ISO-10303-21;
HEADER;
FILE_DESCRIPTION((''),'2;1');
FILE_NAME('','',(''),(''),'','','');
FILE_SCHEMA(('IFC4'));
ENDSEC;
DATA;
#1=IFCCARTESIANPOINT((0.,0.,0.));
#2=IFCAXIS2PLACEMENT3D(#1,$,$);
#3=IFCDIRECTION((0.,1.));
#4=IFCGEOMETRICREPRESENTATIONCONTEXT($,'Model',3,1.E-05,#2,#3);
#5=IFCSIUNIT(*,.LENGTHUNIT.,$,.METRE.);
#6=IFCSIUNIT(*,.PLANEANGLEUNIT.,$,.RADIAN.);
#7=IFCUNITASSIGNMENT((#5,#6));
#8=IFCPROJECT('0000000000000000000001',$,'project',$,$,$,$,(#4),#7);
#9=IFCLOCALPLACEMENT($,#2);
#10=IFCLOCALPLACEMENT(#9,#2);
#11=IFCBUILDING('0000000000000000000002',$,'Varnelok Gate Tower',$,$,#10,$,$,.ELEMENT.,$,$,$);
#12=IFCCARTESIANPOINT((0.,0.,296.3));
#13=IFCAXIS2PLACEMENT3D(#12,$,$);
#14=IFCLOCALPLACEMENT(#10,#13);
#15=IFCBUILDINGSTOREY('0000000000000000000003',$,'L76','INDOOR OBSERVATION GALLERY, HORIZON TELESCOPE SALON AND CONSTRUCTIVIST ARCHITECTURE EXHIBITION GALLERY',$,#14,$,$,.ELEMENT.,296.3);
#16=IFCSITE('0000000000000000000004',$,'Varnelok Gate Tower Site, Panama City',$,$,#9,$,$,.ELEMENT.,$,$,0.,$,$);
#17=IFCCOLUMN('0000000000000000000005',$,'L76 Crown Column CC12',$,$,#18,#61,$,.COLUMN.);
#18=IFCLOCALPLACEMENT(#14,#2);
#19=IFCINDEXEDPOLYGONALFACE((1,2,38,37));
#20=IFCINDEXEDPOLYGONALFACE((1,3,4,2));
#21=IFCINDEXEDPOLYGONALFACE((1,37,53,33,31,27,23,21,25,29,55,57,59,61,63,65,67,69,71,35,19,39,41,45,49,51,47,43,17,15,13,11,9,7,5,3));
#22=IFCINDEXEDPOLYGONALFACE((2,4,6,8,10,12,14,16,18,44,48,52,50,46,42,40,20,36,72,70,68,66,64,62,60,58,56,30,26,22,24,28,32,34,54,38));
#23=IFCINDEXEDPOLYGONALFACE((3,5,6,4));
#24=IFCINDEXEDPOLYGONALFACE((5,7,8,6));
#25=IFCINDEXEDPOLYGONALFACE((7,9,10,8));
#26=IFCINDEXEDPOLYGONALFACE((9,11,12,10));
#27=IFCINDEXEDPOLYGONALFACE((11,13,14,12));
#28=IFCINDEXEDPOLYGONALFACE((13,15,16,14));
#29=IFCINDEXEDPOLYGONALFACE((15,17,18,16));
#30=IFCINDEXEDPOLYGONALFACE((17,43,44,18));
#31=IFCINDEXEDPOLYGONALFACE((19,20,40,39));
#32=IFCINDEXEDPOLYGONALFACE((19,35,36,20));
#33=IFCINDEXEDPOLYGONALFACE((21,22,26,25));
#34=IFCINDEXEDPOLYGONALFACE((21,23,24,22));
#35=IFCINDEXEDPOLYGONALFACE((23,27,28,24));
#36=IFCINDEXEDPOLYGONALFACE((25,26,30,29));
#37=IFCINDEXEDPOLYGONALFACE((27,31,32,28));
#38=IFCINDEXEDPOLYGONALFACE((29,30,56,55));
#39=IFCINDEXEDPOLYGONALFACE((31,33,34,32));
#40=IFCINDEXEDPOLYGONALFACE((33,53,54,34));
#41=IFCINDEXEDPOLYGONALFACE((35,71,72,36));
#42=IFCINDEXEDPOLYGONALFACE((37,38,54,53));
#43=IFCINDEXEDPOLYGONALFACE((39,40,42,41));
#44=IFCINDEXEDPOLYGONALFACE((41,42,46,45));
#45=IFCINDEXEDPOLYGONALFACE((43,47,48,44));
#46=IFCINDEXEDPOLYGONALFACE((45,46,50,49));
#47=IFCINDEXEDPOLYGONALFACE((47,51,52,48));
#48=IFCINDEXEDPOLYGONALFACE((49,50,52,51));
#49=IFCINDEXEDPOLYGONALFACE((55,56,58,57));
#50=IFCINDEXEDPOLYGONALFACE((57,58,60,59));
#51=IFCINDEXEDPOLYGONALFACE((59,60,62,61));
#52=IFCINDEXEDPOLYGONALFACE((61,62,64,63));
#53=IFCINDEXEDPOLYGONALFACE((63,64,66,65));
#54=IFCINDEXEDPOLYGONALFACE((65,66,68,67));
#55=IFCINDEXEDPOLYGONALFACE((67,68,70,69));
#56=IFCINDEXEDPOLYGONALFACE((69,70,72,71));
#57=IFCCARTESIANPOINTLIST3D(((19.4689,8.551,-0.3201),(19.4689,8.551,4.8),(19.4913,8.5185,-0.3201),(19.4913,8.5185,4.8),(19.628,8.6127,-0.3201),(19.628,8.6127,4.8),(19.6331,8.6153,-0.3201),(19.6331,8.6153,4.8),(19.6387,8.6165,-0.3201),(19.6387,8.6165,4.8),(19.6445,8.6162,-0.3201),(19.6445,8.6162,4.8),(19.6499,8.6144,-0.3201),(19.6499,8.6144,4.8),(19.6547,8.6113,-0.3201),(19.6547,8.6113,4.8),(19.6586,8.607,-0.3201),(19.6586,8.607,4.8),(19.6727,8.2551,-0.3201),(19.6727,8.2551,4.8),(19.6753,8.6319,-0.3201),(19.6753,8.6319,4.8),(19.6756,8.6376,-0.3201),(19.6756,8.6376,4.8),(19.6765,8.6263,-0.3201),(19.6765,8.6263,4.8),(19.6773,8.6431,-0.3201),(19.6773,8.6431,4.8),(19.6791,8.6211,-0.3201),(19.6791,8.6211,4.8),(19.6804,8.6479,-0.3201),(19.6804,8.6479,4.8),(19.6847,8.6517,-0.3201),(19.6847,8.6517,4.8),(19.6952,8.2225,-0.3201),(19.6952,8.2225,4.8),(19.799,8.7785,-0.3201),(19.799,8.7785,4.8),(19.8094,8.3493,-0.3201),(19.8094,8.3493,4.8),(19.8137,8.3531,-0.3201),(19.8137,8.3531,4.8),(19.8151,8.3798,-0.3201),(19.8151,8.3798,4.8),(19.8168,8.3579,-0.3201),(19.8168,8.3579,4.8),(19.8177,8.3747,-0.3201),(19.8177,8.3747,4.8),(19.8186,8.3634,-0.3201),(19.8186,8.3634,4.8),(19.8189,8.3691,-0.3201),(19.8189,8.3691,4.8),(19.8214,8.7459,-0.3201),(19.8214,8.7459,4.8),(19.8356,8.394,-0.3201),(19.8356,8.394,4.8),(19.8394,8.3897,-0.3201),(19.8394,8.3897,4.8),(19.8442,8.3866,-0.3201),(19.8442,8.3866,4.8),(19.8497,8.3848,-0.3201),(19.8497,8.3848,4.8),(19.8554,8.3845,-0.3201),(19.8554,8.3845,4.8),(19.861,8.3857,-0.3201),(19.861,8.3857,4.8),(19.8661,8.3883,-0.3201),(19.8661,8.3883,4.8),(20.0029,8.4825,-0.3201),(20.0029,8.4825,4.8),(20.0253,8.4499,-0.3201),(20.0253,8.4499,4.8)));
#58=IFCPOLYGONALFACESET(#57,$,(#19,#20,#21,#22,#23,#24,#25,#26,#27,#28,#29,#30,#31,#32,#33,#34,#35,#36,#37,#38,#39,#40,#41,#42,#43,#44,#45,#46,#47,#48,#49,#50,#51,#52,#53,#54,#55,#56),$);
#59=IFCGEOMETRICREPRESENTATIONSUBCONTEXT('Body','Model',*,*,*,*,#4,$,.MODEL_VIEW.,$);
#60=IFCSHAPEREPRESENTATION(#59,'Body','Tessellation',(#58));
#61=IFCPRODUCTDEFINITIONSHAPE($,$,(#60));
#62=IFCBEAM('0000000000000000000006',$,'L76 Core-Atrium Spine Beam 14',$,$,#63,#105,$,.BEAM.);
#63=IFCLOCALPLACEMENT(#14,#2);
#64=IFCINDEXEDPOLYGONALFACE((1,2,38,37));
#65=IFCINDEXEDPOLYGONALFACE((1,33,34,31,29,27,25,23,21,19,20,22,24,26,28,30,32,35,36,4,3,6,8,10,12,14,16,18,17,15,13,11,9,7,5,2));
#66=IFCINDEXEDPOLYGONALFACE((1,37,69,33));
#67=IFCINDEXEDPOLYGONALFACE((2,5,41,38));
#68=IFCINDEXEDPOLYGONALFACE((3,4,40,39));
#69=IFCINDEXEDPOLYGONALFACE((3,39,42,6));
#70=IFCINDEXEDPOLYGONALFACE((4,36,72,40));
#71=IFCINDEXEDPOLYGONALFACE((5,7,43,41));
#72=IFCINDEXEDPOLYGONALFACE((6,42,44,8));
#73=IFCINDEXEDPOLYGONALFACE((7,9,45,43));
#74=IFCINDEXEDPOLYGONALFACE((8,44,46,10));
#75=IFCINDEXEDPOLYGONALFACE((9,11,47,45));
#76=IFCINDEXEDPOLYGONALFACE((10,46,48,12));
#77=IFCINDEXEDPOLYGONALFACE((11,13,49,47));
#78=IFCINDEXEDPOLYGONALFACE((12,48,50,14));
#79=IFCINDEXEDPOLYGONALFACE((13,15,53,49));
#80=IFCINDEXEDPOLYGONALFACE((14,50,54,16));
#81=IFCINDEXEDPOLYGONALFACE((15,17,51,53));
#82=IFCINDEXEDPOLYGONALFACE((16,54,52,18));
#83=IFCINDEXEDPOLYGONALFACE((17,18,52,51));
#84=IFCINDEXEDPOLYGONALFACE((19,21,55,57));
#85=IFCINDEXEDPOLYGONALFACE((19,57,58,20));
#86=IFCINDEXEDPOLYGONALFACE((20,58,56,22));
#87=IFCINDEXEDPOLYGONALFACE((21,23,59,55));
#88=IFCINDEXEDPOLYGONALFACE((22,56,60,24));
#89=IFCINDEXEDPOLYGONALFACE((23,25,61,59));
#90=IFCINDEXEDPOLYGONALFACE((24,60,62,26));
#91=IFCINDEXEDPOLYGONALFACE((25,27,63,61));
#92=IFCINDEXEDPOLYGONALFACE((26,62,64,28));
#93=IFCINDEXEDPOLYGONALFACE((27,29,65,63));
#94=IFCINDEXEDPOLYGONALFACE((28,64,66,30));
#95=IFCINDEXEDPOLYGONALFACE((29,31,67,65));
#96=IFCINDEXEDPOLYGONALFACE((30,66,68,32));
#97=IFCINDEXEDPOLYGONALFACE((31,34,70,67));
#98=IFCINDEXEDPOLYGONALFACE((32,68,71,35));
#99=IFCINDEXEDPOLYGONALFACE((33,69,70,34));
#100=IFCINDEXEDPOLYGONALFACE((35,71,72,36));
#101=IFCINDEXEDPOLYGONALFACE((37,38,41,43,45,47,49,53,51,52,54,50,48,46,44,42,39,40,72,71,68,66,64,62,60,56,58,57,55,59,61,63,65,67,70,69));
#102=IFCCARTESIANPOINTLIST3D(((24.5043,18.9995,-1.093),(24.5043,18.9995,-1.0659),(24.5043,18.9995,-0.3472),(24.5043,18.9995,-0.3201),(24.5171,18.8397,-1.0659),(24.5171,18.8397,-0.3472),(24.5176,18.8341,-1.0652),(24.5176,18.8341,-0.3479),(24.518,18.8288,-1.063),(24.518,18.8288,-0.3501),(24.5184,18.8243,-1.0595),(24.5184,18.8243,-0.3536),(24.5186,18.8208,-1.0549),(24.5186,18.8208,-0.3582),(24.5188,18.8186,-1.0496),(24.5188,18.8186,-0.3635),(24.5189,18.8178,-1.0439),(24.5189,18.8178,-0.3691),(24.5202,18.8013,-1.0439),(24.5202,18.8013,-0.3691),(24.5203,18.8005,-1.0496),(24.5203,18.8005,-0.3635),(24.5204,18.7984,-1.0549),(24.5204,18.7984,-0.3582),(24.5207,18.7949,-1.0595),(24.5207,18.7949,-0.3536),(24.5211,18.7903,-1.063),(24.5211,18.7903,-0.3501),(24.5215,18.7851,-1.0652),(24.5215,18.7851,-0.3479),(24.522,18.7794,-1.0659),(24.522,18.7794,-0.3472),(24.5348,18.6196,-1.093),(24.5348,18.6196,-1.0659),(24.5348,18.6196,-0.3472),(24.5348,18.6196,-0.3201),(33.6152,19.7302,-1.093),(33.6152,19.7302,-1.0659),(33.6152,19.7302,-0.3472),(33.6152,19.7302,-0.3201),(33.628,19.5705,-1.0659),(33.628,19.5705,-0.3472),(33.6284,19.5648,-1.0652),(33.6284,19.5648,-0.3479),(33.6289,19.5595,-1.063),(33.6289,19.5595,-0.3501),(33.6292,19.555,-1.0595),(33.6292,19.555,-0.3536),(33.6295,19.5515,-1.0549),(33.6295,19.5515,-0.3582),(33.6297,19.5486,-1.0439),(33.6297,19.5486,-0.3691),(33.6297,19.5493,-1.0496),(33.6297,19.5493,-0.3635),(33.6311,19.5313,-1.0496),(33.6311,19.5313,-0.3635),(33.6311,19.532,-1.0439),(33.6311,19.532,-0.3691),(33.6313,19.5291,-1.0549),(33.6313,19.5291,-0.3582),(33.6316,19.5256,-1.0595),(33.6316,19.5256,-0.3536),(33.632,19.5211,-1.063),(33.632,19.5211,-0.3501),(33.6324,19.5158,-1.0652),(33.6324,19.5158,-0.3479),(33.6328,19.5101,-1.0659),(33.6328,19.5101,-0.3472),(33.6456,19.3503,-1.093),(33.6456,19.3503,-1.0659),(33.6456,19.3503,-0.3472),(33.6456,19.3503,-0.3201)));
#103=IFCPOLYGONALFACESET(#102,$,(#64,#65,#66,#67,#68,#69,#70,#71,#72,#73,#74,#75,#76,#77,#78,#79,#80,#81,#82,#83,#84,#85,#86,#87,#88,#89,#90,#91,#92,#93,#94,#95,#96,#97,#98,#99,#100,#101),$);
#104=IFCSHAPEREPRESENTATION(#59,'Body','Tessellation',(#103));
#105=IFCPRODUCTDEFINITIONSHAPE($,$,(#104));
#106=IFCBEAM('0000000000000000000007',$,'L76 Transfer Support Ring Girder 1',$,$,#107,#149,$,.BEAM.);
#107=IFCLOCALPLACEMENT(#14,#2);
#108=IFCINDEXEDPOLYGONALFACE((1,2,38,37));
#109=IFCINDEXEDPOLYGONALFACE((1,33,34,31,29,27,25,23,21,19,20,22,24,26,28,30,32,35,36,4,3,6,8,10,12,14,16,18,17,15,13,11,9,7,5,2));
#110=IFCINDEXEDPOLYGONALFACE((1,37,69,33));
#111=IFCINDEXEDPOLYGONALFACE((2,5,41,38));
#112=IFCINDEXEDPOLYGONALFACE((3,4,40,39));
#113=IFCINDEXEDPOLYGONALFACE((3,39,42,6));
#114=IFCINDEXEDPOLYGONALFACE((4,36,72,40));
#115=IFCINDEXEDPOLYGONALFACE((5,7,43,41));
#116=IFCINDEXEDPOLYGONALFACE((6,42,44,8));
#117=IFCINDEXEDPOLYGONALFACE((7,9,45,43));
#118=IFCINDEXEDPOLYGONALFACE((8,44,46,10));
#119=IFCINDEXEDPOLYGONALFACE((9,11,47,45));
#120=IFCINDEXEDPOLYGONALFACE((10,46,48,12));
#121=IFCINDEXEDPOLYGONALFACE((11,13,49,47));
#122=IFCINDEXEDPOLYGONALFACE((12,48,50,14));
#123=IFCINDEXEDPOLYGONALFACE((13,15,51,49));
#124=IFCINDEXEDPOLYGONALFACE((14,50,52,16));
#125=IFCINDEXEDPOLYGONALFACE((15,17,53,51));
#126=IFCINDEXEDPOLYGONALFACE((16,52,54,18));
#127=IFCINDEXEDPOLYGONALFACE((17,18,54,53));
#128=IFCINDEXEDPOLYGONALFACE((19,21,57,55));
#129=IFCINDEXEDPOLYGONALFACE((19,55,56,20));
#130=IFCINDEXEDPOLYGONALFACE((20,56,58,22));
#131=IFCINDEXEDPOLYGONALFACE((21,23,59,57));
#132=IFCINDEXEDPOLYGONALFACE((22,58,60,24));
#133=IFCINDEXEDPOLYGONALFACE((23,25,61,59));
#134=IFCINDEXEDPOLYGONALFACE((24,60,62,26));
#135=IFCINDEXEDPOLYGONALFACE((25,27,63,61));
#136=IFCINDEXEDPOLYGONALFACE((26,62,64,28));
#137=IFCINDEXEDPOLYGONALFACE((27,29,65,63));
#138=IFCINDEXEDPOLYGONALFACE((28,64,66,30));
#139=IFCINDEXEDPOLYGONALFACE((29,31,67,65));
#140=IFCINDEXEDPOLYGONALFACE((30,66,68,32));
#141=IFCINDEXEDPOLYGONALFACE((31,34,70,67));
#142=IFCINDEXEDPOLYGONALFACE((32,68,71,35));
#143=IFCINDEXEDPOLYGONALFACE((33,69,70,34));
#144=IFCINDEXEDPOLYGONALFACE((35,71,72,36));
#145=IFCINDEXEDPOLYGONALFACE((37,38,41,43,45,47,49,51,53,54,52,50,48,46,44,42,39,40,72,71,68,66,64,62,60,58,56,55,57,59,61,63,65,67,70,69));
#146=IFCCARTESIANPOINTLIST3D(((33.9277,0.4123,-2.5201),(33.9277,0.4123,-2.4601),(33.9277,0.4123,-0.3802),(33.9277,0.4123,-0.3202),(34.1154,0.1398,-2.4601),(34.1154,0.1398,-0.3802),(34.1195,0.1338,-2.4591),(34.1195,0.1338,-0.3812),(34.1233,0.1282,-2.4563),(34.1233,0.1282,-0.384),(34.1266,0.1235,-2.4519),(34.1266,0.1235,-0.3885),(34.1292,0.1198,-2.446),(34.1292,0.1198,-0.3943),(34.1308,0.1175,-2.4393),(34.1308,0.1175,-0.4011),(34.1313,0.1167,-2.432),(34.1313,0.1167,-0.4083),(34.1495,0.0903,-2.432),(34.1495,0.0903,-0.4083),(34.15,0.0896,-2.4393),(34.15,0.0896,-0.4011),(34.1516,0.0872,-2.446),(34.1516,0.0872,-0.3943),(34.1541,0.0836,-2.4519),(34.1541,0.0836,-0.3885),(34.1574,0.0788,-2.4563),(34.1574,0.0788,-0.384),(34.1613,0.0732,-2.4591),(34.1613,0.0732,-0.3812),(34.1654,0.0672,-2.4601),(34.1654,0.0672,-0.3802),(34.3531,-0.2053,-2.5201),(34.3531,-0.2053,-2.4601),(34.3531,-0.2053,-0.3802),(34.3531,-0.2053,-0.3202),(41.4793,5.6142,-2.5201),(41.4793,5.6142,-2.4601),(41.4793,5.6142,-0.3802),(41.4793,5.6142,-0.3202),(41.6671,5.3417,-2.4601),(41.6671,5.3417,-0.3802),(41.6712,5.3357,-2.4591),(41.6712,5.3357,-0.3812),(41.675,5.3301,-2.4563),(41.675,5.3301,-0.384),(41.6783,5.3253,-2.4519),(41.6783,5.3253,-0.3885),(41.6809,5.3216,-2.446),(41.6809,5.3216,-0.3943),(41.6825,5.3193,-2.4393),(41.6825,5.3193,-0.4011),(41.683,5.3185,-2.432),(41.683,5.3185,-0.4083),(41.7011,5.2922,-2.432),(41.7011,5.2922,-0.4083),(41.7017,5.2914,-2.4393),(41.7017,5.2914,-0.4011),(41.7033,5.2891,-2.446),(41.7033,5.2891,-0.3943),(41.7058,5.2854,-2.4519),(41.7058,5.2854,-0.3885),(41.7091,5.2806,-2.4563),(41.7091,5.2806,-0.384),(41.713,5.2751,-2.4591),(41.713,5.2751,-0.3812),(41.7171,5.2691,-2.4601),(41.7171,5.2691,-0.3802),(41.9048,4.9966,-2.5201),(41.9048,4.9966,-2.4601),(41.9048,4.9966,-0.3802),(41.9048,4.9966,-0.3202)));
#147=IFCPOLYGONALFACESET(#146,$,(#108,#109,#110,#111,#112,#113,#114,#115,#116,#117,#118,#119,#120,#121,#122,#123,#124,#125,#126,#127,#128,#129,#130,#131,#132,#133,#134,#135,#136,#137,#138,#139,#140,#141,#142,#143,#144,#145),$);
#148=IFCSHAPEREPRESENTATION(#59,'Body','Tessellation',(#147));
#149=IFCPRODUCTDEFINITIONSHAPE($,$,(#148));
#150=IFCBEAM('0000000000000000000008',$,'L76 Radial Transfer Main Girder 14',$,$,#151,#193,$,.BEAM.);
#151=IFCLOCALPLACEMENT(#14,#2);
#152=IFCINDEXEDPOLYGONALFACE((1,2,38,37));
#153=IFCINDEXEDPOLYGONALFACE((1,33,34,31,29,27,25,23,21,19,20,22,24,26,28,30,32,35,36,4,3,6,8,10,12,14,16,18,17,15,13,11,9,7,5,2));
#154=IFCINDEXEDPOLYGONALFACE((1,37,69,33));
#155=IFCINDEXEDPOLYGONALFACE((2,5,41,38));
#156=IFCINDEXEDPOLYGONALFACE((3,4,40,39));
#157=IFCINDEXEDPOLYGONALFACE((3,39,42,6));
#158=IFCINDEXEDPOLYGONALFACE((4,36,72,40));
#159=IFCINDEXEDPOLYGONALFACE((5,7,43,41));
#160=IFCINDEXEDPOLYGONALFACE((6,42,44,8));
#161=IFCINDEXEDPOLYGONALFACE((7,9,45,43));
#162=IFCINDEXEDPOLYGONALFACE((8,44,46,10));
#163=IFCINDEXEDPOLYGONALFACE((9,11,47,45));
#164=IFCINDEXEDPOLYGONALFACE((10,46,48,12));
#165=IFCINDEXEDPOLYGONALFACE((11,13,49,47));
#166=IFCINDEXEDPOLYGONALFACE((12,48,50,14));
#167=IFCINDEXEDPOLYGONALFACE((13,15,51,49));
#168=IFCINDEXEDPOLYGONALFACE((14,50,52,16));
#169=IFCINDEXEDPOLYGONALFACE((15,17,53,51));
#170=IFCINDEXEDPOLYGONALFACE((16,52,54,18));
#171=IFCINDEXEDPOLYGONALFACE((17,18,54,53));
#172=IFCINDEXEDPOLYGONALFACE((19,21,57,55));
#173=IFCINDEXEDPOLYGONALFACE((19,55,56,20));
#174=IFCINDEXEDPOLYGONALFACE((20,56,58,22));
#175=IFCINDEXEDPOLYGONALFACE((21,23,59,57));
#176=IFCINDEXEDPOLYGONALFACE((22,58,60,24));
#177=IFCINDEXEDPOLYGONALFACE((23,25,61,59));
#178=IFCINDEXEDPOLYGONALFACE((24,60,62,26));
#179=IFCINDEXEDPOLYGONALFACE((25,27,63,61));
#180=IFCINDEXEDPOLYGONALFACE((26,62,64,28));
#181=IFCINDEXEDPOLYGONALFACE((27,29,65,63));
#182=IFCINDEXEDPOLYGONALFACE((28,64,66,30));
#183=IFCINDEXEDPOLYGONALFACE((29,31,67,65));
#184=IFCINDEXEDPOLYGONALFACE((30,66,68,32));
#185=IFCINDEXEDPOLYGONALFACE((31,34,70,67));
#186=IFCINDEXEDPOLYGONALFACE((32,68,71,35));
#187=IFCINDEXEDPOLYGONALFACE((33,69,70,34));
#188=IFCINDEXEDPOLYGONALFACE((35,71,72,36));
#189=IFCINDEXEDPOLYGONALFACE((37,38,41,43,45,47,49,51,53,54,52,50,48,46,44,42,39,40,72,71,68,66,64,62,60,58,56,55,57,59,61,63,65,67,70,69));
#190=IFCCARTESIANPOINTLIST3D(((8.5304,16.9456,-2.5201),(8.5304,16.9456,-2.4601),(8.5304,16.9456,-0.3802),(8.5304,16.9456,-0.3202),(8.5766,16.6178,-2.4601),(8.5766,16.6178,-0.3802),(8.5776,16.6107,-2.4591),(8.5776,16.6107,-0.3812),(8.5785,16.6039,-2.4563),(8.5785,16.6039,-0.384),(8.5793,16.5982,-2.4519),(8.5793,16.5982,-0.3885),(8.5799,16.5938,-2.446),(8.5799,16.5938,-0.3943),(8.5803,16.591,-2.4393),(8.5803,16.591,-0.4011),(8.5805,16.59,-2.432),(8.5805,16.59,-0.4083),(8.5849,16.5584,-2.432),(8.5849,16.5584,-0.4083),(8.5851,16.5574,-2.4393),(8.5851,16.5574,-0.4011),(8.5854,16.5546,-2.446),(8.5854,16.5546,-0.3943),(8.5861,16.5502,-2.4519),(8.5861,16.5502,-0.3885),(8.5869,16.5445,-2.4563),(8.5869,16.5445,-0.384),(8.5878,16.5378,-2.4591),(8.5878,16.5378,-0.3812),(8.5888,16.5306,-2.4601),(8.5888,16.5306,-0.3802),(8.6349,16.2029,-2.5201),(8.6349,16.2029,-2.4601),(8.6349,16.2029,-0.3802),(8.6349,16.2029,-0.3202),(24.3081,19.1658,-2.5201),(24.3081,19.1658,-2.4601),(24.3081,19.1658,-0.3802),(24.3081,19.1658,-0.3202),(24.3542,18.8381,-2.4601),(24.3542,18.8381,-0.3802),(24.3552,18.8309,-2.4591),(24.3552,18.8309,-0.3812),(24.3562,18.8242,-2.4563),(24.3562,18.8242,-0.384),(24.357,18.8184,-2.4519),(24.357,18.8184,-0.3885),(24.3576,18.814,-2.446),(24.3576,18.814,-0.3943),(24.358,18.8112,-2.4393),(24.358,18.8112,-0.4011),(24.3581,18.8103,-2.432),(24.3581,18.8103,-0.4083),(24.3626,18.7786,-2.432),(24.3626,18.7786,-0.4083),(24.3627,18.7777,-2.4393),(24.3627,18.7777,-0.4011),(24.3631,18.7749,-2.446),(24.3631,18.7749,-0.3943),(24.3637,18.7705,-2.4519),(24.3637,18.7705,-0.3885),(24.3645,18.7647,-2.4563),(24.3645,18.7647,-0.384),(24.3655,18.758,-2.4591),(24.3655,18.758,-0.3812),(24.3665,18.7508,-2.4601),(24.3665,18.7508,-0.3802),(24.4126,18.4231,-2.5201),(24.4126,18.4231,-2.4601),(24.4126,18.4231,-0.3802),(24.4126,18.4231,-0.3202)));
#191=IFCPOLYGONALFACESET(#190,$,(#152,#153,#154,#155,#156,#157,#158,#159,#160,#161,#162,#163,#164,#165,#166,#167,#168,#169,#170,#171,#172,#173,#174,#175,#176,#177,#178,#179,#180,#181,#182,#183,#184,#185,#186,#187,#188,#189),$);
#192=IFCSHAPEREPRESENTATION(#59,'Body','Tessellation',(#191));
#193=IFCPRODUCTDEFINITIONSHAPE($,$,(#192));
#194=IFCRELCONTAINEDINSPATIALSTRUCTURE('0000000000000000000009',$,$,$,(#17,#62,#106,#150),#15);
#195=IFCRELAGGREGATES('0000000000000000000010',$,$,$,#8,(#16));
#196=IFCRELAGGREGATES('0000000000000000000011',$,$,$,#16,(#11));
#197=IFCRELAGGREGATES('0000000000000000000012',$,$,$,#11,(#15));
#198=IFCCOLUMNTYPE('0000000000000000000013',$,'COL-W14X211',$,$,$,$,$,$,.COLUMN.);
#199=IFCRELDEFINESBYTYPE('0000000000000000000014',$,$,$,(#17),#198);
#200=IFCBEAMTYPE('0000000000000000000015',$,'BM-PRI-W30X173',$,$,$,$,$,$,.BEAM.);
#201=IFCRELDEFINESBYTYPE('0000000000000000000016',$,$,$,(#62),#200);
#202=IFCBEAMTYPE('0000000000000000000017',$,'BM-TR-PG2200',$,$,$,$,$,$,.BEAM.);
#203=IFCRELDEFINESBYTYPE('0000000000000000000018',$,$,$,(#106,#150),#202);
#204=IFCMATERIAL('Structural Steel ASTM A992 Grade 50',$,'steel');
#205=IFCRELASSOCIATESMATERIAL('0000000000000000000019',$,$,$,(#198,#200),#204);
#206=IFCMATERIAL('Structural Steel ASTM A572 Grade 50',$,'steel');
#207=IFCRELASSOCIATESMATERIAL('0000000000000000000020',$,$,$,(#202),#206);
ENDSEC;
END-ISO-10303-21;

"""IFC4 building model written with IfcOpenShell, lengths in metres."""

from ifc_helpers import new_model, si_unit, direction, frame, origin, origin_2d, place, context, subcontext, project, spatial, i_section, extrude, material, material_profile, profile_set, type_object, element, save


model = new_model("IFC4")

# Units and contexts
model_context = context("Model", 3, precision=1e-05, world=origin(), true_north=direction((0.0, 1.0)))
body_context = subcontext(model_context, "Body", "Model", "MODEL_VIEW")
ifc_project = project(units=[si_unit("LENGTHUNIT", "METRE"), si_unit("PLANEANGLEUNIT", "RADIAN")], contexts=[model_context])

# Site, building, storey
site_placement = place(None, origin())
site = spatial("IfcSite", under=ifc_project, at=site_placement, Name="Varnelok Gate Tower Site, Panama City", CompositionType="ELEMENT", RefElevation=0.0)
building_placement = place(site_placement, origin())
building = spatial("IfcBuilding", under=site, at=building_placement, Name="Varnelok Gate Tower", CompositionType="ELEMENT")
storey_placement = place(building_placement, frame((0.0, 0.0, 296.3)))
storey = spatial("IfcBuildingStorey", under=building, at=storey_placement, Name="L76", Description="INDOOR OBSERVATION GALLERY, HORIZON TELESCOPE SALON AND CONSTRUCTIVIST ARCHITECTURE EXHIBITION GALLERY", CompositionType="ELEMENT", Elevation=296.3)

# Column
ifc_material_1 = material(Name="Structural Steel ASTM A992 Grade 50", Category="steel")
ifc_material_profile_1 = material_profile(ifc_material_1, i_section(OverallWidth=0.4009, OverallDepth=0.3989, WebThickness=0.0249, FlangeThickness=0.0396, FilletRadius=0.022, at=origin_2d()), Name="W14X211")
ifc_profile_set_1 = profile_set([ifc_material_profile_1], Name="Structural Steel ASTM A992 Grade 50")
column_type = type_object("IfcColumnType", Name="COL-W14X211", PredefinedType="COLUMN", material=ifc_profile_set_1)
column_placement = place(storey_placement, frame((19.7471, 8.5005, -0.3201), z_axis=(0.0, 0.0, 1.0), x_axis=(0.823533, 0.567269, 0.0)))
element("IfcColumn", 1, at=column_placement, inside=storey, type_object=column_type, Name="L76 Crown Column CC12", PredefinedType="COLUMN", context=body_context, shape_type="SweptSolid", body=[
    extrude(i_section(OverallWidth=0.4009, OverallDepth=0.3989, WebThickness=0.0249, FlangeThickness=0.0396, FilletRadius=0.022, at=origin_2d()), origin(), (0.0, 0.0, 1.0), 5.1201),
])

# Beams
ifc_material_profile_2 = material_profile(ifc_material_1, i_section(OverallWidth=0.3811, OverallDepth=0.7729, WebThickness=0.0166, FlangeThickness=0.0271, FilletRadius=0.022, at=origin_2d()), Name="W30X173")
ifc_profile_set_2 = profile_set([ifc_material_profile_2], Name="Structural Steel ASTM A992 Grade 50")
beam_type_1 = type_object("IfcBeamType", Name="BM-PRI-W30X173", PredefinedType="BEAM", material=ifc_profile_set_2)
beam_1_placement = place(storey_placement, frame((24.5195, 18.8096, -0.7065), z_axis=(0.996799, 0.079946, 0.0), x_axis=(-0.079946, 0.996799, 0.0)))
element("IfcBeam", 2, at=beam_1_placement, inside=storey, type_object=beam_type_1, Name="L76 Core-Atrium Spine Beam 14", PredefinedType="BEAM", context=body_context, shape_type="SweptSolid", body=[
    extrude(i_section(OverallWidth=0.3811, OverallDepth=0.7729, WebThickness=0.0166, FlangeThickness=0.0271, FilletRadius=0.022, at=origin_2d()), origin(), (0.0, 0.0, 1.0), 9.1401),
])
ifc_material_2 = material(Name="Structural Steel ASTM A572 Grade 50", Category="steel")
ifc_material_profile_3 = material_profile(ifc_material_2, i_section(OverallWidth=0.75, OverallDepth=2.2, WebThickness=0.032, FlangeThickness=0.0601, FilletRadius=0.0281, at=origin_2d()), Name="PG2200X750")
ifc_profile_set_3 = profile_set([ifc_material_profile_3], Name="Structural Steel ASTM A572 Grade 50")
beam_type_2 = type_object("IfcBeamType", Name="BM-TR-PG2200", PredefinedType="BEAM", material=ifc_profile_set_3)
beam_2_placement = place(storey_placement, frame((34.1404, 0.1035, -1.4202), z_axis=(0.823529, 0.567274, 0.0), x_axis=(-0.567274, 0.823529, 0.0)))
element("IfcBeam", 3, at=beam_2_placement, inside=storey, type_object=beam_type_2, Name="L76 Transfer Support Ring Girder 1", PredefinedType="BEAM", context=body_context, shape_type="SweptSolid", body=[
    extrude(i_section(OverallWidth=0.75, OverallDepth=2.2, WebThickness=0.032, FlangeThickness=0.0601, FilletRadius=0.0281, at=origin_2d()), origin(), (0.0, 0.0, 1.0), 9.1699),
])
beam_3_placement = place(storey_placement, frame((24.3604, 18.7944, -1.4202), z_axis=(-0.990244, -0.139347, 0.0), x_axis=(0.139347, -0.990244, 0.0)))
element("IfcBeam", 4, at=beam_3_placement, inside=storey, type_object=beam_type_2, Name="L76 Radial Transfer Main Girder 14", PredefinedType="BEAM", context=body_context, shape_type="SweptSolid", body=[
    extrude(i_section(OverallWidth=0.75, OverallDepth=2.2, WebThickness=0.032, FlangeThickness=0.0601, FilletRadius=0.0281, at=origin_2d()), origin(), (0.0, 0.0, 1.0), 15.9331),
])

save(model, "model.ifc")
